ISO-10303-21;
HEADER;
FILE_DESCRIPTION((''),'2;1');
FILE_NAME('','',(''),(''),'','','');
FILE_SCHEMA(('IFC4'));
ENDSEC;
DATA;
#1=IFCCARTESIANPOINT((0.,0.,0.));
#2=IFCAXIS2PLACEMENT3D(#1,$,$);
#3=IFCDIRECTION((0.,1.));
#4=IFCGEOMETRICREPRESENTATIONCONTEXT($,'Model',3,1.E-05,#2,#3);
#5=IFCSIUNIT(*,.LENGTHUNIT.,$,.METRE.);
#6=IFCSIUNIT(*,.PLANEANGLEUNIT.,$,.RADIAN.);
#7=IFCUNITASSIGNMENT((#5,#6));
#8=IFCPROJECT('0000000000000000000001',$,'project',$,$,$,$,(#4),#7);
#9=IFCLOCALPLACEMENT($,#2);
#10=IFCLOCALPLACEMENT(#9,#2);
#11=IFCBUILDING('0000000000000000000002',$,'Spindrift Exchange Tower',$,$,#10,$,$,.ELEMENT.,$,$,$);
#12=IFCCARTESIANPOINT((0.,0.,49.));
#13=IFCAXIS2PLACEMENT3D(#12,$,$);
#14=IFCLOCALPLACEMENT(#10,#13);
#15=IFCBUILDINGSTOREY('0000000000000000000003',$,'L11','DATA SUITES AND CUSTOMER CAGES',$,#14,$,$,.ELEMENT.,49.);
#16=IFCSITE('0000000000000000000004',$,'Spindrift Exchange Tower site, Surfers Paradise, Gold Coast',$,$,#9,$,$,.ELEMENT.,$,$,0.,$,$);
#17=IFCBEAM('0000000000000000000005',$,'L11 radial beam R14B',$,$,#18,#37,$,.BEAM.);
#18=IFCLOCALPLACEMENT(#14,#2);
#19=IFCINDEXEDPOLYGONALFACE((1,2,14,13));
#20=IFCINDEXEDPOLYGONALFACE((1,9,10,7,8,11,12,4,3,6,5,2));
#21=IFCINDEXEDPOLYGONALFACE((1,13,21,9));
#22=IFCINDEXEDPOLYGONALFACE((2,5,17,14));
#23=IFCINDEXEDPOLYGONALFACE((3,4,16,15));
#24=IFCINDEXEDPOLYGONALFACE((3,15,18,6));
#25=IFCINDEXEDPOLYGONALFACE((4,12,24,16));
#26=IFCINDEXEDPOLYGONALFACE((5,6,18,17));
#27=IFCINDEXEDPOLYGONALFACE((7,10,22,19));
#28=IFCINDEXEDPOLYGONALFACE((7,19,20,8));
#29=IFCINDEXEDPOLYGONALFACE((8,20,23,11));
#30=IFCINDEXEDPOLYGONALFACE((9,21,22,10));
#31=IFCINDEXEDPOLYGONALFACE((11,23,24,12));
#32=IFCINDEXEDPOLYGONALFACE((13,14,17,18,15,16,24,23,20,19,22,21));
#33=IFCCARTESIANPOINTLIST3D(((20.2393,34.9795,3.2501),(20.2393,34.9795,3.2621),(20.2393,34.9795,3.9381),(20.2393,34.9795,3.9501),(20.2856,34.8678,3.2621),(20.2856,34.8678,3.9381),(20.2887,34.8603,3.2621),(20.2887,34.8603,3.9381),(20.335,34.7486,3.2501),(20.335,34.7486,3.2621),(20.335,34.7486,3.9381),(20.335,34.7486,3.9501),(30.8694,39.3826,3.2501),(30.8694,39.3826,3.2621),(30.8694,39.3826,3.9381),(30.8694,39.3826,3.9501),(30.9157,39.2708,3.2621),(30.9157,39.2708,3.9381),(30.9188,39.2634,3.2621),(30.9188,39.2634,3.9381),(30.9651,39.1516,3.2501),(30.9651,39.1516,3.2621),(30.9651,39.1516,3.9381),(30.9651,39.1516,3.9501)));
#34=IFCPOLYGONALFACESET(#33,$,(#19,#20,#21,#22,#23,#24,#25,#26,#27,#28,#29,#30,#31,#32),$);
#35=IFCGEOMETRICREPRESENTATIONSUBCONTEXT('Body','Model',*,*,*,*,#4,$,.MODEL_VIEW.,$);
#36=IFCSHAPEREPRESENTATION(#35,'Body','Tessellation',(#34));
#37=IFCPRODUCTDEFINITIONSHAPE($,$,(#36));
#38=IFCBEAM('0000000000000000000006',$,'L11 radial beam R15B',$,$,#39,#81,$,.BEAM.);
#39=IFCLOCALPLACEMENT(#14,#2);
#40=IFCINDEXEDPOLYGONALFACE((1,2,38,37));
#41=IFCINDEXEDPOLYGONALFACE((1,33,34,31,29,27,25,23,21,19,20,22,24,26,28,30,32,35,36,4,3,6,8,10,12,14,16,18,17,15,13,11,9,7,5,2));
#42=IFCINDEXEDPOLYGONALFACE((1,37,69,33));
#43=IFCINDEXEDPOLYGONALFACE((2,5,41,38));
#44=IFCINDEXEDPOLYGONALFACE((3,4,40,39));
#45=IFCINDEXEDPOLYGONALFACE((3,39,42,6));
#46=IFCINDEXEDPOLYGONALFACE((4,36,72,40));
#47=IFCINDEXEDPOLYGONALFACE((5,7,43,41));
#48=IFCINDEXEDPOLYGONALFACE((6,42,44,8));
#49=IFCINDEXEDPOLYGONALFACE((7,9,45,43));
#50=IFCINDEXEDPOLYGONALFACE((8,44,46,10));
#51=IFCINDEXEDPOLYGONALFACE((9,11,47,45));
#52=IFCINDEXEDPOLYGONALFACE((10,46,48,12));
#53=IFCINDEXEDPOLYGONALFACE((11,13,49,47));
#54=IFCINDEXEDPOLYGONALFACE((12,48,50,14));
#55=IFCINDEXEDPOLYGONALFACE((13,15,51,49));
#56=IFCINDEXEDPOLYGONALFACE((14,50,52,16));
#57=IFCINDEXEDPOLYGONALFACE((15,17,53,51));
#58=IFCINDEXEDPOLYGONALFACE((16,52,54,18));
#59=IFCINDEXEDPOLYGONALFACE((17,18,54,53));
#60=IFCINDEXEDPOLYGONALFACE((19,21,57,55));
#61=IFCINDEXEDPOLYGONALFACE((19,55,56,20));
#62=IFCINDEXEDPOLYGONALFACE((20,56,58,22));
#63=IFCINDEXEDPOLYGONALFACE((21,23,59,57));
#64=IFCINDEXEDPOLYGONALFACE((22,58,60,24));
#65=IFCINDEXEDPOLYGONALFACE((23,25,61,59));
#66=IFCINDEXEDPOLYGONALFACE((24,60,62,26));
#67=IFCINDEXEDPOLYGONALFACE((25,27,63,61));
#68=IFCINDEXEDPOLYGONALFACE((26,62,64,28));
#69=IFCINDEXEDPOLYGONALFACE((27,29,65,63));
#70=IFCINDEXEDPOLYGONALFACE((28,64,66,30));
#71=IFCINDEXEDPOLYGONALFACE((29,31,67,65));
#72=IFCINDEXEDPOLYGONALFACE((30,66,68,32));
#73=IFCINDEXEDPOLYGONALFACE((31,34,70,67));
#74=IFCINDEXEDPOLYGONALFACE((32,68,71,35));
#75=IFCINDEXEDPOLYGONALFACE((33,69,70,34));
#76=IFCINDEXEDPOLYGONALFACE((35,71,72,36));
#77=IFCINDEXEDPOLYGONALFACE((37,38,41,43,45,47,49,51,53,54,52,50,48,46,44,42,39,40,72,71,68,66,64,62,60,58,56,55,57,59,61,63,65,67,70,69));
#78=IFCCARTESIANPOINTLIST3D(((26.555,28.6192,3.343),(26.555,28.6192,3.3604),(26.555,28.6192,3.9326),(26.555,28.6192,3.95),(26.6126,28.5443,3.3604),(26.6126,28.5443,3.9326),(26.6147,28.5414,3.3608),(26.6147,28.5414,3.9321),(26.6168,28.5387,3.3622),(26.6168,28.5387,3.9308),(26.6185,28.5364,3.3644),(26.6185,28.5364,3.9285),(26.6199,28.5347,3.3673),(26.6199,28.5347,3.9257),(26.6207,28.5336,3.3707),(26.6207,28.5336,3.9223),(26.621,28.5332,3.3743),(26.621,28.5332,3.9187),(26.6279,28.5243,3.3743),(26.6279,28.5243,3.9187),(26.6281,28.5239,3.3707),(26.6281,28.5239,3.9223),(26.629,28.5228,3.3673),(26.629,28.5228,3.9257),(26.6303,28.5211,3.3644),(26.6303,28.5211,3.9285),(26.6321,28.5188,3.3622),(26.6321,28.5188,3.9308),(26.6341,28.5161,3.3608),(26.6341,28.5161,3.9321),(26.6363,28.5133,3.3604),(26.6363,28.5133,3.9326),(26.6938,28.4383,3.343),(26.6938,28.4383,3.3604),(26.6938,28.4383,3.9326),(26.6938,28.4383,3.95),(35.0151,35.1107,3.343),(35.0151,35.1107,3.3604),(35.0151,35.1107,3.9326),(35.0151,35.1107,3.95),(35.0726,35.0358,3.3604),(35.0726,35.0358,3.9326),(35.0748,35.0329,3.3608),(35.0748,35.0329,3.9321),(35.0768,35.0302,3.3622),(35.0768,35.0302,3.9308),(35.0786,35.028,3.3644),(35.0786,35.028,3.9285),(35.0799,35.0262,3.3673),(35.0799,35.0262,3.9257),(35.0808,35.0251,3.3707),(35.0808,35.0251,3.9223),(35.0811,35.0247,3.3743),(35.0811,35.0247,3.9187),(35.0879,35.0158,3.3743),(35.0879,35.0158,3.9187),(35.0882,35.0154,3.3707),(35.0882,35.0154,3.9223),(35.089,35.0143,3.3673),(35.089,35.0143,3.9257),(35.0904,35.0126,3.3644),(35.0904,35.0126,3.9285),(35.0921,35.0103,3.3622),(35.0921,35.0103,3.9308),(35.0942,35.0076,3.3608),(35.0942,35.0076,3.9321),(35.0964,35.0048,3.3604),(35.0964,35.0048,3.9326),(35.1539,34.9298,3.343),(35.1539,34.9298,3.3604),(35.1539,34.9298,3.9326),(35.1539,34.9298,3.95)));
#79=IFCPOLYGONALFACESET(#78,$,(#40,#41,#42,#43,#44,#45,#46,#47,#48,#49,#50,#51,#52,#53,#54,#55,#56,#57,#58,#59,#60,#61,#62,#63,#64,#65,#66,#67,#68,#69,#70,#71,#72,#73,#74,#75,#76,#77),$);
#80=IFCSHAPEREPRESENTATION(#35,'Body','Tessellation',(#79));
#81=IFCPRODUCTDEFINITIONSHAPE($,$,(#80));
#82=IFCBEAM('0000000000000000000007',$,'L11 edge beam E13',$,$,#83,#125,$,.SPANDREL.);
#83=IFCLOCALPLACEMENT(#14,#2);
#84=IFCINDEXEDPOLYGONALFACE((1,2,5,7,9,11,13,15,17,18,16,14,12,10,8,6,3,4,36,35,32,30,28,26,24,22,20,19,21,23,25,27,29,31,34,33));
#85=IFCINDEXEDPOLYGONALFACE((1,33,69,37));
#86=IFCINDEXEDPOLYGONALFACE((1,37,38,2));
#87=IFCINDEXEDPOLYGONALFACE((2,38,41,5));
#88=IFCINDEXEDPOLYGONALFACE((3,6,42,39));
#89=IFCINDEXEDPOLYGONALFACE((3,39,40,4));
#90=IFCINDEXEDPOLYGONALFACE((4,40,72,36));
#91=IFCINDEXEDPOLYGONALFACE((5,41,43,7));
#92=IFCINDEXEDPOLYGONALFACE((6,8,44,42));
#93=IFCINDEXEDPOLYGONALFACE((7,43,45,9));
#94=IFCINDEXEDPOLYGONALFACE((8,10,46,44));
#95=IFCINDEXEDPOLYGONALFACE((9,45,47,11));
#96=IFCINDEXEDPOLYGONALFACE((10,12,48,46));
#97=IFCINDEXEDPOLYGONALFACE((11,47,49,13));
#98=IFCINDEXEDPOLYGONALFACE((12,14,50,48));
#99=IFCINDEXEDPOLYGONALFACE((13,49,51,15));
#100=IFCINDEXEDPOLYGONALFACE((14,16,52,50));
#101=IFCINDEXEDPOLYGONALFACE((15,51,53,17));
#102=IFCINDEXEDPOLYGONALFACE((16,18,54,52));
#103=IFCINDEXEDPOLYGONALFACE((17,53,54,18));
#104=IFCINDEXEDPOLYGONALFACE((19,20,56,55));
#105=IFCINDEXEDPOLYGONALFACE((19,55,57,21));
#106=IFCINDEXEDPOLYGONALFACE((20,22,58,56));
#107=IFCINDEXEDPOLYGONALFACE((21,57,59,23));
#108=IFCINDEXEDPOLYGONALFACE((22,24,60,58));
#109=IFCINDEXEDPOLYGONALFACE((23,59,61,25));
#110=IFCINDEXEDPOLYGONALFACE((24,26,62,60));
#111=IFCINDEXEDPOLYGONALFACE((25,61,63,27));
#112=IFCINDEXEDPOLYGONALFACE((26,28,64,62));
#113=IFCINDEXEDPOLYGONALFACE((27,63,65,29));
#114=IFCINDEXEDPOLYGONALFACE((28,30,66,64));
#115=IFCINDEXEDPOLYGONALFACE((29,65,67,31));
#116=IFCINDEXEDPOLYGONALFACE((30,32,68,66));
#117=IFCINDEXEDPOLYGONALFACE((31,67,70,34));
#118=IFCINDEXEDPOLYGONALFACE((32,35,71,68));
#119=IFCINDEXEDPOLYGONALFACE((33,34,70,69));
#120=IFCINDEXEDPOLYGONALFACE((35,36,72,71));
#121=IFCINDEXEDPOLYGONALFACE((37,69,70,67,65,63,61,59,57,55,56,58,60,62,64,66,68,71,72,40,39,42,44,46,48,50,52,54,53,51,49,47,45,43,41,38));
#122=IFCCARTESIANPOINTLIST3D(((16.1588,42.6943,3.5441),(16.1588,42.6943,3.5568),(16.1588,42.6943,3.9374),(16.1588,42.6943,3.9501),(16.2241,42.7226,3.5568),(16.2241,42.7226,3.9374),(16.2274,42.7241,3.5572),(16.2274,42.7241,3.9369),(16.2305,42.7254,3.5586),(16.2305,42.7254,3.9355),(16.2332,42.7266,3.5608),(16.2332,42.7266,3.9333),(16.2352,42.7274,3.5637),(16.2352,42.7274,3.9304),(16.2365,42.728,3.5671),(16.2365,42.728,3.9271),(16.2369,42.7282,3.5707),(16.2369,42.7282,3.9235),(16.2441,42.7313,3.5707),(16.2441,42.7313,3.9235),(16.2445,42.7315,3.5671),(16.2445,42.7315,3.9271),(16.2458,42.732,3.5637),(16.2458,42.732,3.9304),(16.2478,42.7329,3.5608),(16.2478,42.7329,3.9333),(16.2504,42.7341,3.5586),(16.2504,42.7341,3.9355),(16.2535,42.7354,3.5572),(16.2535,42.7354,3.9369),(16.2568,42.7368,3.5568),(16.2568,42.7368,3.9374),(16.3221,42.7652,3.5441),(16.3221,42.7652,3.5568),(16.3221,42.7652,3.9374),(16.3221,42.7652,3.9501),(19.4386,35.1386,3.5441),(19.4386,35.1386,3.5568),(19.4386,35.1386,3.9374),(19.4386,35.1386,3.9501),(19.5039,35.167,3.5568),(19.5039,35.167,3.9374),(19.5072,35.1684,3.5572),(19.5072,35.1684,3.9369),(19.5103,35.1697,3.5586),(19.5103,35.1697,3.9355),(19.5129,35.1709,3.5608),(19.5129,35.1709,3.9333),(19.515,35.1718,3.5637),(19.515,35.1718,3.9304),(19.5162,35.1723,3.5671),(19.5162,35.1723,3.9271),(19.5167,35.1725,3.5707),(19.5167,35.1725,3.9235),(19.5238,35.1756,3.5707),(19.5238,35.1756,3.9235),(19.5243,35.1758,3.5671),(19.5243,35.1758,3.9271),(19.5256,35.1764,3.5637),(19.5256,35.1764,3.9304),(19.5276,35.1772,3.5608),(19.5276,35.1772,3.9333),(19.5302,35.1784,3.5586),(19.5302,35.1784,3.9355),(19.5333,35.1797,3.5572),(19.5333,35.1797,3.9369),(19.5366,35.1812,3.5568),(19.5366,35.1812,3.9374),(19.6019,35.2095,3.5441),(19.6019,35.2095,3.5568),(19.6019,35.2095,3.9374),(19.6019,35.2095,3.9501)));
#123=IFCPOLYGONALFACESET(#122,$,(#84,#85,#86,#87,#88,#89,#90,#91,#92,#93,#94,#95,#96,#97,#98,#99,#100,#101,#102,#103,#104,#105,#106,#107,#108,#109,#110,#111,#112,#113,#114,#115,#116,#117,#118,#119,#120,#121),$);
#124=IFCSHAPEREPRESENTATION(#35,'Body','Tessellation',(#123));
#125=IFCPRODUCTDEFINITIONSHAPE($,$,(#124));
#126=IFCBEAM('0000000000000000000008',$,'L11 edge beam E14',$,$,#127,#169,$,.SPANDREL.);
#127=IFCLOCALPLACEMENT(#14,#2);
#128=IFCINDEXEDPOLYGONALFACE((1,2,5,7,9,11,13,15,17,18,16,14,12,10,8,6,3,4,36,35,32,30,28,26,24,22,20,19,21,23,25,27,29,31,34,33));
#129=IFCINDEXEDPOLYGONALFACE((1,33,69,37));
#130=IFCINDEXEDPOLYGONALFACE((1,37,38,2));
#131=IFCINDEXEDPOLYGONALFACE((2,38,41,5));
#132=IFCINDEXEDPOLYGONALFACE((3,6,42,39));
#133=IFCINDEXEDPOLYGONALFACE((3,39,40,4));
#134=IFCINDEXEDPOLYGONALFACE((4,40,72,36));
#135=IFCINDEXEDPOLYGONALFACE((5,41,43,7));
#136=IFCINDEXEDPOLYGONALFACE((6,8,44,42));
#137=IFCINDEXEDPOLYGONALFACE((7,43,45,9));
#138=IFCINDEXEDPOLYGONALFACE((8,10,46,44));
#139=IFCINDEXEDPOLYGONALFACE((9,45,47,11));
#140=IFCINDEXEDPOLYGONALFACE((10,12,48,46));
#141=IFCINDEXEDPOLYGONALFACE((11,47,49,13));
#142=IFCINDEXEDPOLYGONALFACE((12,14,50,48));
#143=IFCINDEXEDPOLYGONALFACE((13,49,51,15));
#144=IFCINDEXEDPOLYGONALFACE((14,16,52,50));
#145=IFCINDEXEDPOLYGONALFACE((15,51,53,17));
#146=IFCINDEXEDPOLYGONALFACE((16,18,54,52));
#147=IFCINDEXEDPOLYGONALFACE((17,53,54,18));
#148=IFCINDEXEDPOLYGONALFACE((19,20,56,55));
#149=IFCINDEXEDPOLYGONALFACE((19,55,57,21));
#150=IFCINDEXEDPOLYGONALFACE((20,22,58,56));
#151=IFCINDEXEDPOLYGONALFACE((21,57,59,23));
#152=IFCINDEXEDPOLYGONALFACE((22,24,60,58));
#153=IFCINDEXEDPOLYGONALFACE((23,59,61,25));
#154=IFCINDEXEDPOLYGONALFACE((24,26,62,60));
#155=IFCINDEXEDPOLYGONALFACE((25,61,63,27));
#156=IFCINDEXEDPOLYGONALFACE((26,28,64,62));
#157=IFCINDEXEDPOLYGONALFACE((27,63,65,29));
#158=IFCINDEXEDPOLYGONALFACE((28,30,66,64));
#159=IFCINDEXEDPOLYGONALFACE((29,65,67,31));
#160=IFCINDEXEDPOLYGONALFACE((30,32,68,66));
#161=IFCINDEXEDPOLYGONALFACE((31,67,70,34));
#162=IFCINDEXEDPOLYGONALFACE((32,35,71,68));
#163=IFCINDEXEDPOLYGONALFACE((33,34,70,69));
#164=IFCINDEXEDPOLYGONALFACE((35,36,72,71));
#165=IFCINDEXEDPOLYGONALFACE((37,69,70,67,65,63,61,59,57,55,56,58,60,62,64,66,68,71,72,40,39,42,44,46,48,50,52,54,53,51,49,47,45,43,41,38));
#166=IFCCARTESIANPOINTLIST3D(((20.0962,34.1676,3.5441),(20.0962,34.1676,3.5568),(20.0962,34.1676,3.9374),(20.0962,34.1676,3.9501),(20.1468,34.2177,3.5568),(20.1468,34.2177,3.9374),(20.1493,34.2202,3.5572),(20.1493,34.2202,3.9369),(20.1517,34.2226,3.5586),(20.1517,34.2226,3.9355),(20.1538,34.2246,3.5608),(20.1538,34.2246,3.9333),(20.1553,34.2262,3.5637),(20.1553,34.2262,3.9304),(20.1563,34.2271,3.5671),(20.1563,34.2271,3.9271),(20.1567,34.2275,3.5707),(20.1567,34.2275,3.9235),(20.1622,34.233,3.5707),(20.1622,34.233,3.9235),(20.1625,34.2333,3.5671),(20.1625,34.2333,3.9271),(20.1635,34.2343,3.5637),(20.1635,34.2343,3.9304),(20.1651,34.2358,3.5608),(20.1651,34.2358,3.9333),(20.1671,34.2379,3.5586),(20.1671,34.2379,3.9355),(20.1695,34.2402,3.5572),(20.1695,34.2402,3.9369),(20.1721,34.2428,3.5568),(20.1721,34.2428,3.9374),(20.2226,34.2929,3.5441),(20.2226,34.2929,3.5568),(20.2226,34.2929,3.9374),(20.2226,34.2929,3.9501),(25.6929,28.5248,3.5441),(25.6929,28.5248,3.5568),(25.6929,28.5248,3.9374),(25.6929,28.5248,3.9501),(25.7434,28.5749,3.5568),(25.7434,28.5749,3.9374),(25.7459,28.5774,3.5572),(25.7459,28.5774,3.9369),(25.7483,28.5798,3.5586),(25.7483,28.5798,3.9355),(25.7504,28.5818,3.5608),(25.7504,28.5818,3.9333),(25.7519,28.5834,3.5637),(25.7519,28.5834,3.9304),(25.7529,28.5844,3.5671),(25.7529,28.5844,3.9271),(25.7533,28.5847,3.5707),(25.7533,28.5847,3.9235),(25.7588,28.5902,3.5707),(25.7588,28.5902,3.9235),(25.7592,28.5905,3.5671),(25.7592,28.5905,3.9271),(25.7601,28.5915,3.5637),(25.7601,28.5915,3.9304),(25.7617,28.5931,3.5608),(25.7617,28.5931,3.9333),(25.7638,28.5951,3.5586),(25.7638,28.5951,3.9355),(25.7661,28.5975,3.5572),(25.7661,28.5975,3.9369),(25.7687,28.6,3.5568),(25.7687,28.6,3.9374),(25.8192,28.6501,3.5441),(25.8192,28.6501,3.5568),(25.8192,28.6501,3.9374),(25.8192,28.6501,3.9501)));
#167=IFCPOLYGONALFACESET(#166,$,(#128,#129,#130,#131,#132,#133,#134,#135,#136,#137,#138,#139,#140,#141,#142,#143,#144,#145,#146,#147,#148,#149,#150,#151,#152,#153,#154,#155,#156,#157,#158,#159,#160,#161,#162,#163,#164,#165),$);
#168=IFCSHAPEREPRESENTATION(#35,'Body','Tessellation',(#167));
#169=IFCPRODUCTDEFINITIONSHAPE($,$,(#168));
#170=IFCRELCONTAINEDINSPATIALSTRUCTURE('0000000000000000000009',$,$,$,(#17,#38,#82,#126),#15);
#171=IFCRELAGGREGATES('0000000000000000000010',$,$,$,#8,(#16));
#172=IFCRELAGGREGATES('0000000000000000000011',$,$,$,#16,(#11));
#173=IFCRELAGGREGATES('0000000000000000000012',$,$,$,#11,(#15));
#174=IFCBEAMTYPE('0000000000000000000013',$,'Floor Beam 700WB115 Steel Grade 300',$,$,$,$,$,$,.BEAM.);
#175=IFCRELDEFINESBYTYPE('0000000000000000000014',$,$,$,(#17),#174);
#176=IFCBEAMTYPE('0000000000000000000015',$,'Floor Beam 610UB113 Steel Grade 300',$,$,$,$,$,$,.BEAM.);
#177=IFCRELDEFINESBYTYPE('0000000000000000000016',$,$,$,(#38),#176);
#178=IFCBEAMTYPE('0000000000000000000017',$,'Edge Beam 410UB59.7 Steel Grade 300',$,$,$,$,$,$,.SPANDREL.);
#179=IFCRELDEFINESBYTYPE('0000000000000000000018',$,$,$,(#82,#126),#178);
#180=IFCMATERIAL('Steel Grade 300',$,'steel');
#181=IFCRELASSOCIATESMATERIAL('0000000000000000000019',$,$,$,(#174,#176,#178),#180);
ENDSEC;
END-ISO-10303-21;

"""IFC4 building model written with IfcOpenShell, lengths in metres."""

from ifc_helpers import new_model, si_unit, direction, frame, origin, origin_2d, place, context, subcontext, project, spatial, i_section, extrude, source, transform, mapped, material, material_profile, profile_set, type_object, element, save


model = new_model("IFC4")

# Units and contexts
model_context = context("Model", 3, precision=1e-05, world=origin(), true_north=direction((0.0, 1.0)))
body_context = subcontext(model_context, "Body", "Model", "MODEL_VIEW")
ifc_project = project(units=[si_unit("LENGTHUNIT", "METRE"), si_unit("PLANEANGLEUNIT", "RADIAN")], contexts=[model_context])

# Site, building, storey
site_placement = place(None, origin())
site = spatial("IfcSite", under=ifc_project, at=site_placement, Name="Spindrift Exchange Tower site, Surfers Paradise, Gold Coast", CompositionType="ELEMENT", RefElevation=0.0)
building_placement = place(site_placement, origin())
building = spatial("IfcBuilding", under=site, at=building_placement, Name="Spindrift Exchange Tower", CompositionType="ELEMENT")
storey_placement = place(building_placement, frame((0.0, 0.0, 49.0)))
storey = spatial("IfcBuildingStorey", under=building, at=storey_placement, Name="L11", Description="DATA SUITES AND CUSTOMER CAGES", CompositionType="ELEMENT", Elevation=49.0)

# Beams
ifc_material_1 = material(Name="Steel Grade 300", Category="steel")
ifc_material_profile_1 = material_profile(ifc_material_1, i_section(OverallWidth=0.25, OverallDepth=0.7, WebThickness=0.0081, FlangeThickness=0.012, at=origin_2d()), Name="700WB115")
ifc_profile_set_1 = profile_set([ifc_material_profile_1], Name="Steel Grade 300")
beam_type_1 = type_object("IfcBeamType", Name="Floor Beam 700WB115 Steel Grade 300", PredefinedType="BEAM", material=ifc_profile_set_1)
shared_shape_1 = source(origin(), body_context, "Body", "SweptSolid", [
    extrude(i_section(OverallWidth=0.25, OverallDepth=0.7, WebThickness=0.0081, FlangeThickness=0.012, at=origin_2d()), origin(), (0.0, 0.0, 1.0), 11.5059),
])
beam_1_placement = place(storey_placement, frame((30.9172, 39.2671, 3.6001), z_axis=(-0.923882, -0.382678, 0.0), x_axis=(0.382678, -0.923882, 0.0)))
element("IfcBeam", 1, at=beam_1_placement, inside=storey, type_object=beam_type_1, Name="L11 radial beam R14B", PredefinedType="BEAM", context=body_context, shape_type="MappedRepresentation", body=[
    mapped(shared_shape_1, transform((0.0, 0.0, 0.0), scale=1.0)),
])
ifc_material_profile_2 = material_profile(ifc_material_1, i_section(OverallWidth=0.228, OverallDepth=0.6069, WebThickness=0.0112, FlangeThickness=0.0173, FilletRadius=0.0139, at=origin_2d()), Name="610UB113")
ifc_profile_set_2 = profile_set([ifc_material_profile_2], Name="Steel Grade 300")
beam_type_2 = type_object("IfcBeamType", Name="Floor Beam 610UB113 Steel Grade 300", PredefinedType="BEAM", material=ifc_profile_set_2)
shared_shape_2 = source(origin(), body_context, "Body", "SweptSolid", [
    extrude(i_section(OverallWidth=0.228, OverallDepth=0.6069, WebThickness=0.0112, FlangeThickness=0.0173, FilletRadius=0.0139, at=origin_2d()), origin(), (0.0, 0.0, 1.0), 10.6636),
])
beam_2_placement = place(storey_placement, frame((35.0845, 35.0203, 3.6465), z_axis=(-0.793358, -0.608755, 0.0), x_axis=(0.608755, -0.793358, 0.0)))
element("IfcBeam", 2, at=beam_2_placement, inside=storey, type_object=beam_type_2, Name="L11 radial beam R15B", PredefinedType="BEAM", context=body_context, shape_type="MappedRepresentation", body=[
    mapped(shared_shape_2, transform((0.0, 0.0, 0.0), scale=1.0)),
])
ifc_material_profile_3 = material_profile(ifc_material_1, i_section(OverallWidth=0.178, OverallDepth=0.406, WebThickness=0.0078, FlangeThickness=0.0127, FilletRadius=0.0139, at=origin_2d()), Name="410UB59.7")
ifc_profile_set_3 = profile_set([ifc_material_profile_3], Name="Steel Grade 300")
beam_type_3 = type_object("IfcBeamType", Name="Edge Beam 410UB59.7 Steel Grade 300", PredefinedType="SPANDREL", material=ifc_profile_set_3)
shared_shape_3 = source(origin(), body_context, "Body", "SweptSolid", [
    extrude(i_section(OverallWidth=0.178, OverallDepth=0.406, WebThickness=0.0078, FlangeThickness=0.0127, FilletRadius=0.0139, at=origin_2d()), origin(), (0.0, 0.0, 1.0), 8.2368),
])
beam_3_placement = place(storey_placement, frame((16.2405, 42.7297, 3.7471), z_axis=(0.398186, -0.917305, 0.0), x_axis=(0.917305, 0.398186, 0.0)))
element("IfcBeam", 3, at=beam_3_placement, inside=storey, type_object=beam_type_3, Name="L11 edge beam E13", PredefinedType="SPANDREL", context=body_context, shape_type="MappedRepresentation", body=[
    mapped(shared_shape_3, transform((0.0, 0.0, 0.0), scale=1.0)),
])
shared_shape_4 = source(origin(), body_context, "Body", "SweptSolid", [
    extrude(i_section(OverallWidth=0.178, OverallDepth=0.406, WebThickness=0.0078, FlangeThickness=0.0127, FilletRadius=0.0139, at=origin_2d()), origin(), (0.0, 0.0, 1.0), 7.9475),
])
beam_4_placement = place(storey_placement, frame((20.1594, 34.2302, 3.7471), z_axis=(0.704198, -0.710004, 0.0), x_axis=(0.710004, 0.704198, 0.0)))
element("IfcBeam", 4, at=beam_4_placement, inside=storey, type_object=beam_type_3, Name="L11 edge beam E14", PredefinedType="SPANDREL", context=body_context, shape_type="MappedRepresentation", body=[
    mapped(shared_shape_4, transform((0.0, 0.0, 0.0), scale=1.0)),
])

save(model, "model.ifc")
